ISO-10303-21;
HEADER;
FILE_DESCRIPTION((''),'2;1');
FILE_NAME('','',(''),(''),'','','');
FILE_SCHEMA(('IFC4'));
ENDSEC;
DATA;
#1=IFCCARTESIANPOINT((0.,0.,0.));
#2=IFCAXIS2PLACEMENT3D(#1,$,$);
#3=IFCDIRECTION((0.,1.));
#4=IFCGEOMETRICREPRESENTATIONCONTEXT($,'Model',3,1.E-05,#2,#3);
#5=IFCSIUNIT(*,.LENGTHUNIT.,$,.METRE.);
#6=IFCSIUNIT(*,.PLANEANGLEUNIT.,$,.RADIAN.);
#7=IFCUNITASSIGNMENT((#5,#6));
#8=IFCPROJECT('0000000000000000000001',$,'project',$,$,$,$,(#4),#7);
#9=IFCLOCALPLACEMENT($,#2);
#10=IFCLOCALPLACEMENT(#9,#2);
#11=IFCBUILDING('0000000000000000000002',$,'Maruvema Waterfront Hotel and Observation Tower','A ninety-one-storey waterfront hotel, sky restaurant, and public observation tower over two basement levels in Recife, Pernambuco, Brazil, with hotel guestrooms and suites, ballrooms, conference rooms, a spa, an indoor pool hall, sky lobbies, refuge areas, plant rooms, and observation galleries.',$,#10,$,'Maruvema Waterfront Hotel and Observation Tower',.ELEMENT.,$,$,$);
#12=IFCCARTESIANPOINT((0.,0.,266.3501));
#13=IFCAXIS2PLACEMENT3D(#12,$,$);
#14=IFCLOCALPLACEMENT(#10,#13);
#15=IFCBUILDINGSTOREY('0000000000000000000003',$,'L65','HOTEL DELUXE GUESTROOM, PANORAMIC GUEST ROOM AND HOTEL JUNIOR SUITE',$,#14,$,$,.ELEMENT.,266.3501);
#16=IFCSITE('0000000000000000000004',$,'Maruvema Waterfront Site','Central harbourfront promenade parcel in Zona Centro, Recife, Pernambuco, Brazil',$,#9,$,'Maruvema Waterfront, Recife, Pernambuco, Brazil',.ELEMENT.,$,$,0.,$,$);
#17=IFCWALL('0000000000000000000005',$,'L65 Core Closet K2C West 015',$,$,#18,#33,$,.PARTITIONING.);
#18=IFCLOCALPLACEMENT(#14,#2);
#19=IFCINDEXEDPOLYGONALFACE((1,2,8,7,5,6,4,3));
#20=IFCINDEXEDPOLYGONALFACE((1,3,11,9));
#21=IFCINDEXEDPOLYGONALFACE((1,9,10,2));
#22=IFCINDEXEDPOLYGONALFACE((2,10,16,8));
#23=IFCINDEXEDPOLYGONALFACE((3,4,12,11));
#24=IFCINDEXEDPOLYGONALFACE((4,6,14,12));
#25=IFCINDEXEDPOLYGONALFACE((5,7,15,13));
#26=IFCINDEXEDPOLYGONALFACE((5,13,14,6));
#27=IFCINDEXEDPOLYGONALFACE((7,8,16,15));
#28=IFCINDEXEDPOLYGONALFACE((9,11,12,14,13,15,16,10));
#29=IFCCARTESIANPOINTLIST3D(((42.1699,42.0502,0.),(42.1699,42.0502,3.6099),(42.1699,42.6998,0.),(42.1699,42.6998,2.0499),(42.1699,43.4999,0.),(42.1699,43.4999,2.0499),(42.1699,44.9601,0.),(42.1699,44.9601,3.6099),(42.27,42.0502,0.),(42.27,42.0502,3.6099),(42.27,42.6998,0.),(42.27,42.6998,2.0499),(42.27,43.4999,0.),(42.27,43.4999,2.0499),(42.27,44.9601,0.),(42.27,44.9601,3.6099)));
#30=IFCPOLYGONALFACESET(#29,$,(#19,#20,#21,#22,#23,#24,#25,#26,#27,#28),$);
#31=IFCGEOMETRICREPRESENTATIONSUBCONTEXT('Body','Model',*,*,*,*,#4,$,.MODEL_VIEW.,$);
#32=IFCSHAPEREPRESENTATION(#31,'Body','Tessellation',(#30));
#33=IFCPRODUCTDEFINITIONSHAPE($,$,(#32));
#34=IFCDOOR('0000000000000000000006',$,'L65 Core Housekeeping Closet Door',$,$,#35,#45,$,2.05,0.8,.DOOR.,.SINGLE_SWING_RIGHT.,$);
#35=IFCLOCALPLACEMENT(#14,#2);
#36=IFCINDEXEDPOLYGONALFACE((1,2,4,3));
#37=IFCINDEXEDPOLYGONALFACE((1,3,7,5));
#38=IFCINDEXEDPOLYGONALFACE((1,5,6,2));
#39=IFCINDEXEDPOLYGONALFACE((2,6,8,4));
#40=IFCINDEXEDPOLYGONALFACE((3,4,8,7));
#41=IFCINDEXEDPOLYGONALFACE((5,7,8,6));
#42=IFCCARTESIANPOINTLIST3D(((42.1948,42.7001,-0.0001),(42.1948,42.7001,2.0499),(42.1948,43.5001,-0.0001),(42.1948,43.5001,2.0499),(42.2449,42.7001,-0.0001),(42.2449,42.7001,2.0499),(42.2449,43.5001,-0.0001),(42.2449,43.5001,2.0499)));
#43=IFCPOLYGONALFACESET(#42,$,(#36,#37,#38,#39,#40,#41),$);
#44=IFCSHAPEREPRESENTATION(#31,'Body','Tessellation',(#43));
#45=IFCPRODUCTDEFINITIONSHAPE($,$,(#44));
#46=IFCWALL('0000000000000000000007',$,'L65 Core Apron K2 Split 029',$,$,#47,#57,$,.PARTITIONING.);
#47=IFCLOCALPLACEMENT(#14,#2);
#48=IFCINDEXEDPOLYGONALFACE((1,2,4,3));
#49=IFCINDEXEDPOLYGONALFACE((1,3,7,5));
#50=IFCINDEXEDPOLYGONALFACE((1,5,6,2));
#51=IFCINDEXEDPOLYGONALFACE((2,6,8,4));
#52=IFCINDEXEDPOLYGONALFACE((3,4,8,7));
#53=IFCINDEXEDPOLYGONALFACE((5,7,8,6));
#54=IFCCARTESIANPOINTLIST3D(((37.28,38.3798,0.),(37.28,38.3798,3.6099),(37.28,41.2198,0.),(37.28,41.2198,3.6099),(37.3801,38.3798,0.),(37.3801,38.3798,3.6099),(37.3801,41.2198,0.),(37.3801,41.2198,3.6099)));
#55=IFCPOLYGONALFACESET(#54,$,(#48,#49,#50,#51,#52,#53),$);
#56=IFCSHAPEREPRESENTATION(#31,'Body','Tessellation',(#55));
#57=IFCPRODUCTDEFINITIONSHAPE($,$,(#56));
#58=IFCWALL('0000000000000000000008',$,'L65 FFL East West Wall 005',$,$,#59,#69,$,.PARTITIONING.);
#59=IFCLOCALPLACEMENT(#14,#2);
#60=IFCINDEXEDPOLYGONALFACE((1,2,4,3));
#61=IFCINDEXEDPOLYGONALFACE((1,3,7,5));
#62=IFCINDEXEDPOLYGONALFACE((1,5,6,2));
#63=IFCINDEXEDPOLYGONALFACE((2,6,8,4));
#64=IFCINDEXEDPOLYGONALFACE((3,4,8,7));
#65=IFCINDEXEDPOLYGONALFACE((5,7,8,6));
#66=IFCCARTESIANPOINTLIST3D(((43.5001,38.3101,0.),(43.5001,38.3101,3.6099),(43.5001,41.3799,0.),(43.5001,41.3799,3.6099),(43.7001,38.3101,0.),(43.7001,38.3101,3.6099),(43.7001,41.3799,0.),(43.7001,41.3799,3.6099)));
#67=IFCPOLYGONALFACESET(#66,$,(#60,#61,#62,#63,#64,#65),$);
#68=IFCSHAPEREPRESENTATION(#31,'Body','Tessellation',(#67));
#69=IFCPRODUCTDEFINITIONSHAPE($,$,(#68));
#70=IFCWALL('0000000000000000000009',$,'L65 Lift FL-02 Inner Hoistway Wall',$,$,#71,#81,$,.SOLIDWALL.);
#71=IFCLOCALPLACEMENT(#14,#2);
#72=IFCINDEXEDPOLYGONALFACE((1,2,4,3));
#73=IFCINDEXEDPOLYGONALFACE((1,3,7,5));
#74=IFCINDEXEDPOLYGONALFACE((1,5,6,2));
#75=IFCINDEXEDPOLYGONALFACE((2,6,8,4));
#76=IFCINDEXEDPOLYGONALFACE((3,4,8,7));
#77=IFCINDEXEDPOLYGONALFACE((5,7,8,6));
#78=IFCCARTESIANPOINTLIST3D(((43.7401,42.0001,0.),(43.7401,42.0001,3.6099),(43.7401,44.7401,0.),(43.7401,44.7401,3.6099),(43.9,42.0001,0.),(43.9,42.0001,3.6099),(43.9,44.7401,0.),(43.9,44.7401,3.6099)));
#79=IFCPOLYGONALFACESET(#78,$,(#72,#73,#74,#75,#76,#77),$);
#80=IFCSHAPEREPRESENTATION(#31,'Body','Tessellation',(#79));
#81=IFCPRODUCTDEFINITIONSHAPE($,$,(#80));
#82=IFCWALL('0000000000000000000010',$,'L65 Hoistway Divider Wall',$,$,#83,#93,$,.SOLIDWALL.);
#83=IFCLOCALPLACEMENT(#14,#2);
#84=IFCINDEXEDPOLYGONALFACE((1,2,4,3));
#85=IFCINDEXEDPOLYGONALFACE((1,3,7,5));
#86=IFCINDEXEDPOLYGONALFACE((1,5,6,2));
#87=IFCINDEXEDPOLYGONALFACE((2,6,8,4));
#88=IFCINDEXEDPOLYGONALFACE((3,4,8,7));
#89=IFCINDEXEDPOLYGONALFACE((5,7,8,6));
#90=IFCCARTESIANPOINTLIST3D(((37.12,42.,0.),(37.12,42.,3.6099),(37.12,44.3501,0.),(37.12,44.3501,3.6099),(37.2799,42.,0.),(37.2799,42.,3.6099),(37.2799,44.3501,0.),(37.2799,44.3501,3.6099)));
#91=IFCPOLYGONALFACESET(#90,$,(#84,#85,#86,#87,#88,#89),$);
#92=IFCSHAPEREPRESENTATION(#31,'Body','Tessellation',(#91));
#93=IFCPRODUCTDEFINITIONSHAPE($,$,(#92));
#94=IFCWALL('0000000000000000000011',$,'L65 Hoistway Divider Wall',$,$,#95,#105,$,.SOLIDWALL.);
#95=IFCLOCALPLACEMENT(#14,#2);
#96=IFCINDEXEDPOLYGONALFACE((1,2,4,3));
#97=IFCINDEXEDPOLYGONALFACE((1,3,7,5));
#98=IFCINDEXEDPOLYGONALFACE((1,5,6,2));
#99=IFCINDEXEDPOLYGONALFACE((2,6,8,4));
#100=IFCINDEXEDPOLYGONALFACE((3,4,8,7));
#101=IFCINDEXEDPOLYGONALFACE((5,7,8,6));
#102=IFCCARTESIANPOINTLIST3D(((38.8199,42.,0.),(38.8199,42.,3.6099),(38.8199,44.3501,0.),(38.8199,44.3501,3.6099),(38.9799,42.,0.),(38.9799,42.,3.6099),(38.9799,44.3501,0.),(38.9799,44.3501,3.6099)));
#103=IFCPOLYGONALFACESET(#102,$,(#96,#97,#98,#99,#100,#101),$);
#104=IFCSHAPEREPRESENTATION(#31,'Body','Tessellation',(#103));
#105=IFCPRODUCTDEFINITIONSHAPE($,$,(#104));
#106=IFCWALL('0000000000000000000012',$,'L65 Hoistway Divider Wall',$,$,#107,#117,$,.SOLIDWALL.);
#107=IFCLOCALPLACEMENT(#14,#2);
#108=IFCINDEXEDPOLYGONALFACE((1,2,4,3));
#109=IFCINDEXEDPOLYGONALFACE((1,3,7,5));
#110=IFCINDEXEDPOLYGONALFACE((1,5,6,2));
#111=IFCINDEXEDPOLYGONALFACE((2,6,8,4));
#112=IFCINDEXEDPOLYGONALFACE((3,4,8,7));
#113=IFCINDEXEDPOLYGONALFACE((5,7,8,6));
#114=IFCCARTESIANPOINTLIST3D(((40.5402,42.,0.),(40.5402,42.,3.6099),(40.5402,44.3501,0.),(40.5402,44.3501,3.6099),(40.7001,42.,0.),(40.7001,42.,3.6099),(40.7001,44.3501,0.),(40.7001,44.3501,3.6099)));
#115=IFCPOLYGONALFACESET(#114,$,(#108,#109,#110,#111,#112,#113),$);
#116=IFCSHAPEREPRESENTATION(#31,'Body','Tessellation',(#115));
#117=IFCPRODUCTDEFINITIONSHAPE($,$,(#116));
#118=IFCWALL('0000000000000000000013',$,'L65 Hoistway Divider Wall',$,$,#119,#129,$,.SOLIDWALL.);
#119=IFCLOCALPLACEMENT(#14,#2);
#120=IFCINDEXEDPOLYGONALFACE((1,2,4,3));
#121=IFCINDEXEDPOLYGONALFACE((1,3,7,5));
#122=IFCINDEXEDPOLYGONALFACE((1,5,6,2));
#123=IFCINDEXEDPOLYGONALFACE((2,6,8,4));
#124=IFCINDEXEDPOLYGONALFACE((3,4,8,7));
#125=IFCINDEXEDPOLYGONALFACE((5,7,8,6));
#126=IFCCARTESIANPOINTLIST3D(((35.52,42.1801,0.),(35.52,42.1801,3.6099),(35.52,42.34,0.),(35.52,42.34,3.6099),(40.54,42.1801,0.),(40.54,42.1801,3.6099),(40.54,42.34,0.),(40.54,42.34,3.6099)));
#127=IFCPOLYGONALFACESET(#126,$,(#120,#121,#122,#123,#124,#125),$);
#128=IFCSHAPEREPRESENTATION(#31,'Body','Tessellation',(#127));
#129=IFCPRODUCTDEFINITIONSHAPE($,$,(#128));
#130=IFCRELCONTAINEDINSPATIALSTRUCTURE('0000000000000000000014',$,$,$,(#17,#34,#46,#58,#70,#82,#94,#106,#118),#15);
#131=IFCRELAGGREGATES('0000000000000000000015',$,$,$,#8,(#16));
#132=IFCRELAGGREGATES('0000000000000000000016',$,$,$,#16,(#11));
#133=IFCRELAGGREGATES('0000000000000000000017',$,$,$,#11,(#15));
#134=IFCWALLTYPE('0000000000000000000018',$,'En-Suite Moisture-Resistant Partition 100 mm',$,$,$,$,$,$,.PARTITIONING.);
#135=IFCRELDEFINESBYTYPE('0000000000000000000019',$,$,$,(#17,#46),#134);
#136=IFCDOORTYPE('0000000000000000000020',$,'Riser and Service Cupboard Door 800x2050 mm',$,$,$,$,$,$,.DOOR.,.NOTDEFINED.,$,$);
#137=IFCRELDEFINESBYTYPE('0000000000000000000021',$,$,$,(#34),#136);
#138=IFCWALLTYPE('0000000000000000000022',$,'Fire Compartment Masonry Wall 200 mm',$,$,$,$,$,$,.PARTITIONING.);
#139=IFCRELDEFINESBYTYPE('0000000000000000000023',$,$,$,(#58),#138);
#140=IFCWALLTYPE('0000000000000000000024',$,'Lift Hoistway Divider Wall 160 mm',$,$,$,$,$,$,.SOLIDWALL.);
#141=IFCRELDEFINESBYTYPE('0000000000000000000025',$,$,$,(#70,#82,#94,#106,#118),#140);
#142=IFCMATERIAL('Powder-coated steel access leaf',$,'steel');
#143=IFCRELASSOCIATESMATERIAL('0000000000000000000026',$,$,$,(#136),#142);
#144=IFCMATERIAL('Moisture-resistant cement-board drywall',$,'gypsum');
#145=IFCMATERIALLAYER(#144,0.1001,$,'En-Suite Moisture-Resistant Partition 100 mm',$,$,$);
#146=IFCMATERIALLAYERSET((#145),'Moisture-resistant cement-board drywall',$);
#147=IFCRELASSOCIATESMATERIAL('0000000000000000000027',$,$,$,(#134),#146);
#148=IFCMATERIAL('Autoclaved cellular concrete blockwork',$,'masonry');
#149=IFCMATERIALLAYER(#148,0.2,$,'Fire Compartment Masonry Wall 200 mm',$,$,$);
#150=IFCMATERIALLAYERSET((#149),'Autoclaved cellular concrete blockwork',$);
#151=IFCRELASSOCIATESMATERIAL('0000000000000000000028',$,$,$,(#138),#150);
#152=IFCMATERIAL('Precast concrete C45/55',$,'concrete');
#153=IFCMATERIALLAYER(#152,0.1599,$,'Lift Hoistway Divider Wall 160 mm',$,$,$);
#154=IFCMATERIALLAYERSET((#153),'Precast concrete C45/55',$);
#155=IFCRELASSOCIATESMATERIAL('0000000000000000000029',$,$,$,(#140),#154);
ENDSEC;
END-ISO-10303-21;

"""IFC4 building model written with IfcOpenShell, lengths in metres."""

from ifc_helpers import new_model, si_unit, direction, frame, frame_2d, origin, place, context, subcontext, project, spatial, rectangle, extrude, material, layer, layer_set, type_object, element, fill, save


model = new_model("IFC4")

# Units and contexts
model_context = context("Model", 3, precision=1e-05, world=origin(), true_north=direction((0.0, 1.0)))
body_context = subcontext(model_context, "Body", "Model", "MODEL_VIEW")
ifc_project = project(units=[si_unit("LENGTHUNIT", "METRE"), si_unit("PLANEANGLEUNIT", "RADIAN")], contexts=[model_context])

# Site, building, storey
site_placement = place(None, origin())
site = spatial("IfcSite", under=ifc_project, at=site_placement, Name="Maruvema Waterfront Site", Description="Central harbourfront promenade parcel in Zona Centro, Recife, Pernambuco, Brazil", LongName="Maruvema Waterfront, Recife, Pernambuco, Brazil", CompositionType="ELEMENT", RefElevation=0.0)
building_placement = place(site_placement, origin())
building = spatial("IfcBuilding", under=site, at=building_placement, Name="Maruvema Waterfront Hotel and Observation Tower", Description="A ninety-one-storey waterfront hotel, sky restaurant, and public observation tower over two basement levels in Recife, Pernambuco, Brazil, with hotel guestrooms and suites, ballrooms, conference rooms, a spa, an indoor pool hall, sky lobbies, refuge areas, plant rooms, and observation galleries.", LongName="Maruvema Waterfront Hotel and Observation Tower", CompositionType="ELEMENT")
storey_placement = place(building_placement, frame((0.0, 0.0, 266.3501)))
storey = spatial("IfcBuildingStorey", under=building, at=storey_placement, Name="L65", Description="HOTEL DELUXE GUESTROOM, PANORAMIC GUEST ROOM AND HOTEL JUNIOR SUITE", CompositionType="ELEMENT", Elevation=266.3501)

# Shared definitions
ifc_material_1 = material(Name="Powder-coated steel access leaf", Category="steel")
door_type_1 = type_object("IfcDoorType", Name="Riser and Service Cupboard Door 800x2050 mm", OperationType="NOTDEFINED", PredefinedType="DOOR", material=ifc_material_1)

# Shared definitions
ifc_material_2 = material(Name="Moisture-resistant cement-board drywall", Category="gypsum")
ifc_layer_1 = layer(ifc_material_2, 0.1001, Name="En-Suite Moisture-Resistant Partition 100 mm")
ifc_layer_set_1 = layer_set([ifc_layer_1], Name="Moisture-resistant cement-board drywall")
wall_type_1 = type_object("IfcWallType", Name="En-Suite Moisture-Resistant Partition 100 mm", PredefinedType="PARTITIONING", material=ifc_layer_set_1)

# Wall, opening, door
wall_1_placement = place(storey_placement, frame((42.22, 42.05, 0.0), z_axis=(0.0, 0.0, 1.0), x_axis=(0.0, 1.0, 0.0)))
wall_1 = element("IfcWall", 1, at=wall_1_placement, inside=storey, type_object=wall_type_1, Name="L65 Core Closet K2C West 015", PredefinedType="PARTITIONING", context=body_context, shape_type="SweptSolid", body=[
    extrude(rectangle(XDim=2.9099, YDim=0.1001, at=frame_2d((1.4551, 0.0))), origin(), (0.0, 0.0, 1.0), 3.6099),
])
opening_1_placement = place(wall_1_placement, frame((0.6499, 0.0, 0.0)))
opening_1 = element("IfcOpeningElement", 2, at=opening_1_placement, cuts=wall_1, PredefinedType="OPENING", context=body_context, shape_type="SweptSolid", body=[
    extrude(rectangle(XDim=0.8, YDim=2.05, at=frame_2d((0.3999, 1.0249))), frame((0.0, 0.0601, 0.0), z_axis=(0.0, -1.0, 0.0), x_axis=(1.0, 0.0, 0.0)), (0.0, 0.0, 1.0), 0.1201),
])
door_1_placement = place(opening_1_placement, frame((0.8, 0.0, 0.0), z_axis=(0.0, 0.0, 1.0), x_axis=(-1.0, 0.0, 0.0)))
door_1 = element("IfcDoor", 3, at=door_1_placement, inside=storey, type_object=door_type_1, Name="L65 Core Housekeeping Closet Door", OperationType="SINGLE_SWING_RIGHT", OverallHeight=2.05, OverallWidth=0.8, PredefinedType="DOOR", context=body_context, shape_type="SweptSolid", body=[
    extrude(rectangle(XDim=0.8, YDim=2.05, at=frame_2d((0.3999, 1.0249))), frame((0.0, 0.0249, 0.0), z_axis=(0.0, -1.0, 0.0), x_axis=(1.0, 0.0, 0.0)), (0.0, 0.0, 1.0), 0.05),
])
fill(opening_1, door_1)

# Wall
wall_2_placement = place(storey_placement, frame((37.3301, 38.3799, 0.0), z_axis=(0.0, 0.0, 1.0), x_axis=(0.0, 1.0, 0.0)))
element("IfcWall", 4, at=wall_2_placement, inside=storey, type_object=wall_type_1, Name="L65 Core Apron K2 Split 029", PredefinedType="PARTITIONING", context=body_context, shape_type="SweptSolid", body=[
    extrude(rectangle(XDim=2.8401, YDim=0.1001, at=frame_2d((1.4199, 0.0))), origin(), (0.0, 0.0, 1.0), 3.6099),
])

# Shared definitions
ifc_material_3 = material(Name="Autoclaved cellular concrete blockwork", Category="masonry")
ifc_layer_2 = layer(ifc_material_3, 0.2, Name="Fire Compartment Masonry Wall 200 mm")
ifc_layer_set_2 = layer_set([ifc_layer_2], Name="Autoclaved cellular concrete blockwork")
wall_type_2 = type_object("IfcWallType", Name="Fire Compartment Masonry Wall 200 mm", PredefinedType="PARTITIONING", material=ifc_layer_set_2)

# Walls
wall_3_placement = place(storey_placement, frame((43.6001, 38.3101, 0.0), z_axis=(0.0, 0.0, 1.0), x_axis=(0.0, 1.0, 0.0)))
element("IfcWall", 5, at=wall_3_placement, inside=storey, type_object=wall_type_2, Name="L65 FFL East West Wall 005", PredefinedType="PARTITIONING", context=body_context, shape_type="SweptSolid", body=[
    extrude(rectangle(XDim=3.0698, YDim=0.2, at=frame_2d((1.5349, 0.0))), origin(), (0.0, 0.0, 1.0), 3.6099),
])
ifc_material_4 = material(Name="Precast concrete C45/55", Category="concrete")
ifc_layer_3 = layer(ifc_material_4, 0.1599, Name="Lift Hoistway Divider Wall 160 mm")
ifc_layer_set_3 = layer_set([ifc_layer_3], Name="Precast concrete C45/55")
wall_type_3 = type_object("IfcWallType", Name="Lift Hoistway Divider Wall 160 mm", PredefinedType="SOLIDWALL", material=ifc_layer_set_3)
wall_4_placement = place(storey_placement, frame((43.8201, 42.0, 0.0), z_axis=(0.0, 0.0, 1.0), x_axis=(0.0, 1.0, 0.0)))
element("IfcWall", 6, at=wall_4_placement, inside=storey, type_object=wall_type_3, Name="L65 Lift FL-02 Inner Hoistway Wall", PredefinedType="SOLIDWALL", context=body_context, shape_type="SweptSolid", body=[
    extrude(rectangle(XDim=2.74, YDim=0.1599, at=frame_2d((1.3701, 0.0))), origin(), (0.0, 0.0, 1.0), 3.6099),
])
for number, where, z_axis, x_axis, name in (
    (7, (37.2, 42.0, 0.0), (0.0, 0.0, 1.0), (0.0, 1.0, 0.0), "L65 Hoistway Divider Wall"),
    (8, (38.8999, 42.0, 0.0), (0.0, 0.0, 1.0), (0.0, 1.0, 0.0), "L65 Hoistway Divider Wall"),
    (9, (40.6201, 42.0, 0.0), (0.0, 0.0, 1.0), (0.0, 1.0, 0.0), "L65 Hoistway Divider Wall"),
):
    element("IfcWall", number, at=place(storey_placement, frame(where, z_axis=z_axis, x_axis=x_axis)), inside=storey, type_object=wall_type_3, Name=name, PredefinedType="SOLIDWALL", context=body_context, shape_type="SweptSolid", body=[
        extrude(rectangle(XDim=2.3501, YDim=0.1599, at=frame_2d((1.175, 0.0))), origin(), (0.0, 0.0, 1.0), 3.6099),
    ])
wall_5_placement = place(storey_placement, frame((35.52, 42.26, 0.0), z_axis=(0.0, 0.0, 1.0), x_axis=(1.0, 0.0, 0.0)))
element("IfcWall", 10, at=wall_5_placement, inside=storey, type_object=wall_type_3, Name="L65 Hoistway Divider Wall", PredefinedType="SOLIDWALL", context=body_context, shape_type="SweptSolid", body=[
    extrude(rectangle(XDim=5.02, YDim=0.1599, at=frame_2d((2.51, 0.0))), origin(), (0.0, 0.0, 1.0), 3.6099),
])

save(model, "model.ifc")
